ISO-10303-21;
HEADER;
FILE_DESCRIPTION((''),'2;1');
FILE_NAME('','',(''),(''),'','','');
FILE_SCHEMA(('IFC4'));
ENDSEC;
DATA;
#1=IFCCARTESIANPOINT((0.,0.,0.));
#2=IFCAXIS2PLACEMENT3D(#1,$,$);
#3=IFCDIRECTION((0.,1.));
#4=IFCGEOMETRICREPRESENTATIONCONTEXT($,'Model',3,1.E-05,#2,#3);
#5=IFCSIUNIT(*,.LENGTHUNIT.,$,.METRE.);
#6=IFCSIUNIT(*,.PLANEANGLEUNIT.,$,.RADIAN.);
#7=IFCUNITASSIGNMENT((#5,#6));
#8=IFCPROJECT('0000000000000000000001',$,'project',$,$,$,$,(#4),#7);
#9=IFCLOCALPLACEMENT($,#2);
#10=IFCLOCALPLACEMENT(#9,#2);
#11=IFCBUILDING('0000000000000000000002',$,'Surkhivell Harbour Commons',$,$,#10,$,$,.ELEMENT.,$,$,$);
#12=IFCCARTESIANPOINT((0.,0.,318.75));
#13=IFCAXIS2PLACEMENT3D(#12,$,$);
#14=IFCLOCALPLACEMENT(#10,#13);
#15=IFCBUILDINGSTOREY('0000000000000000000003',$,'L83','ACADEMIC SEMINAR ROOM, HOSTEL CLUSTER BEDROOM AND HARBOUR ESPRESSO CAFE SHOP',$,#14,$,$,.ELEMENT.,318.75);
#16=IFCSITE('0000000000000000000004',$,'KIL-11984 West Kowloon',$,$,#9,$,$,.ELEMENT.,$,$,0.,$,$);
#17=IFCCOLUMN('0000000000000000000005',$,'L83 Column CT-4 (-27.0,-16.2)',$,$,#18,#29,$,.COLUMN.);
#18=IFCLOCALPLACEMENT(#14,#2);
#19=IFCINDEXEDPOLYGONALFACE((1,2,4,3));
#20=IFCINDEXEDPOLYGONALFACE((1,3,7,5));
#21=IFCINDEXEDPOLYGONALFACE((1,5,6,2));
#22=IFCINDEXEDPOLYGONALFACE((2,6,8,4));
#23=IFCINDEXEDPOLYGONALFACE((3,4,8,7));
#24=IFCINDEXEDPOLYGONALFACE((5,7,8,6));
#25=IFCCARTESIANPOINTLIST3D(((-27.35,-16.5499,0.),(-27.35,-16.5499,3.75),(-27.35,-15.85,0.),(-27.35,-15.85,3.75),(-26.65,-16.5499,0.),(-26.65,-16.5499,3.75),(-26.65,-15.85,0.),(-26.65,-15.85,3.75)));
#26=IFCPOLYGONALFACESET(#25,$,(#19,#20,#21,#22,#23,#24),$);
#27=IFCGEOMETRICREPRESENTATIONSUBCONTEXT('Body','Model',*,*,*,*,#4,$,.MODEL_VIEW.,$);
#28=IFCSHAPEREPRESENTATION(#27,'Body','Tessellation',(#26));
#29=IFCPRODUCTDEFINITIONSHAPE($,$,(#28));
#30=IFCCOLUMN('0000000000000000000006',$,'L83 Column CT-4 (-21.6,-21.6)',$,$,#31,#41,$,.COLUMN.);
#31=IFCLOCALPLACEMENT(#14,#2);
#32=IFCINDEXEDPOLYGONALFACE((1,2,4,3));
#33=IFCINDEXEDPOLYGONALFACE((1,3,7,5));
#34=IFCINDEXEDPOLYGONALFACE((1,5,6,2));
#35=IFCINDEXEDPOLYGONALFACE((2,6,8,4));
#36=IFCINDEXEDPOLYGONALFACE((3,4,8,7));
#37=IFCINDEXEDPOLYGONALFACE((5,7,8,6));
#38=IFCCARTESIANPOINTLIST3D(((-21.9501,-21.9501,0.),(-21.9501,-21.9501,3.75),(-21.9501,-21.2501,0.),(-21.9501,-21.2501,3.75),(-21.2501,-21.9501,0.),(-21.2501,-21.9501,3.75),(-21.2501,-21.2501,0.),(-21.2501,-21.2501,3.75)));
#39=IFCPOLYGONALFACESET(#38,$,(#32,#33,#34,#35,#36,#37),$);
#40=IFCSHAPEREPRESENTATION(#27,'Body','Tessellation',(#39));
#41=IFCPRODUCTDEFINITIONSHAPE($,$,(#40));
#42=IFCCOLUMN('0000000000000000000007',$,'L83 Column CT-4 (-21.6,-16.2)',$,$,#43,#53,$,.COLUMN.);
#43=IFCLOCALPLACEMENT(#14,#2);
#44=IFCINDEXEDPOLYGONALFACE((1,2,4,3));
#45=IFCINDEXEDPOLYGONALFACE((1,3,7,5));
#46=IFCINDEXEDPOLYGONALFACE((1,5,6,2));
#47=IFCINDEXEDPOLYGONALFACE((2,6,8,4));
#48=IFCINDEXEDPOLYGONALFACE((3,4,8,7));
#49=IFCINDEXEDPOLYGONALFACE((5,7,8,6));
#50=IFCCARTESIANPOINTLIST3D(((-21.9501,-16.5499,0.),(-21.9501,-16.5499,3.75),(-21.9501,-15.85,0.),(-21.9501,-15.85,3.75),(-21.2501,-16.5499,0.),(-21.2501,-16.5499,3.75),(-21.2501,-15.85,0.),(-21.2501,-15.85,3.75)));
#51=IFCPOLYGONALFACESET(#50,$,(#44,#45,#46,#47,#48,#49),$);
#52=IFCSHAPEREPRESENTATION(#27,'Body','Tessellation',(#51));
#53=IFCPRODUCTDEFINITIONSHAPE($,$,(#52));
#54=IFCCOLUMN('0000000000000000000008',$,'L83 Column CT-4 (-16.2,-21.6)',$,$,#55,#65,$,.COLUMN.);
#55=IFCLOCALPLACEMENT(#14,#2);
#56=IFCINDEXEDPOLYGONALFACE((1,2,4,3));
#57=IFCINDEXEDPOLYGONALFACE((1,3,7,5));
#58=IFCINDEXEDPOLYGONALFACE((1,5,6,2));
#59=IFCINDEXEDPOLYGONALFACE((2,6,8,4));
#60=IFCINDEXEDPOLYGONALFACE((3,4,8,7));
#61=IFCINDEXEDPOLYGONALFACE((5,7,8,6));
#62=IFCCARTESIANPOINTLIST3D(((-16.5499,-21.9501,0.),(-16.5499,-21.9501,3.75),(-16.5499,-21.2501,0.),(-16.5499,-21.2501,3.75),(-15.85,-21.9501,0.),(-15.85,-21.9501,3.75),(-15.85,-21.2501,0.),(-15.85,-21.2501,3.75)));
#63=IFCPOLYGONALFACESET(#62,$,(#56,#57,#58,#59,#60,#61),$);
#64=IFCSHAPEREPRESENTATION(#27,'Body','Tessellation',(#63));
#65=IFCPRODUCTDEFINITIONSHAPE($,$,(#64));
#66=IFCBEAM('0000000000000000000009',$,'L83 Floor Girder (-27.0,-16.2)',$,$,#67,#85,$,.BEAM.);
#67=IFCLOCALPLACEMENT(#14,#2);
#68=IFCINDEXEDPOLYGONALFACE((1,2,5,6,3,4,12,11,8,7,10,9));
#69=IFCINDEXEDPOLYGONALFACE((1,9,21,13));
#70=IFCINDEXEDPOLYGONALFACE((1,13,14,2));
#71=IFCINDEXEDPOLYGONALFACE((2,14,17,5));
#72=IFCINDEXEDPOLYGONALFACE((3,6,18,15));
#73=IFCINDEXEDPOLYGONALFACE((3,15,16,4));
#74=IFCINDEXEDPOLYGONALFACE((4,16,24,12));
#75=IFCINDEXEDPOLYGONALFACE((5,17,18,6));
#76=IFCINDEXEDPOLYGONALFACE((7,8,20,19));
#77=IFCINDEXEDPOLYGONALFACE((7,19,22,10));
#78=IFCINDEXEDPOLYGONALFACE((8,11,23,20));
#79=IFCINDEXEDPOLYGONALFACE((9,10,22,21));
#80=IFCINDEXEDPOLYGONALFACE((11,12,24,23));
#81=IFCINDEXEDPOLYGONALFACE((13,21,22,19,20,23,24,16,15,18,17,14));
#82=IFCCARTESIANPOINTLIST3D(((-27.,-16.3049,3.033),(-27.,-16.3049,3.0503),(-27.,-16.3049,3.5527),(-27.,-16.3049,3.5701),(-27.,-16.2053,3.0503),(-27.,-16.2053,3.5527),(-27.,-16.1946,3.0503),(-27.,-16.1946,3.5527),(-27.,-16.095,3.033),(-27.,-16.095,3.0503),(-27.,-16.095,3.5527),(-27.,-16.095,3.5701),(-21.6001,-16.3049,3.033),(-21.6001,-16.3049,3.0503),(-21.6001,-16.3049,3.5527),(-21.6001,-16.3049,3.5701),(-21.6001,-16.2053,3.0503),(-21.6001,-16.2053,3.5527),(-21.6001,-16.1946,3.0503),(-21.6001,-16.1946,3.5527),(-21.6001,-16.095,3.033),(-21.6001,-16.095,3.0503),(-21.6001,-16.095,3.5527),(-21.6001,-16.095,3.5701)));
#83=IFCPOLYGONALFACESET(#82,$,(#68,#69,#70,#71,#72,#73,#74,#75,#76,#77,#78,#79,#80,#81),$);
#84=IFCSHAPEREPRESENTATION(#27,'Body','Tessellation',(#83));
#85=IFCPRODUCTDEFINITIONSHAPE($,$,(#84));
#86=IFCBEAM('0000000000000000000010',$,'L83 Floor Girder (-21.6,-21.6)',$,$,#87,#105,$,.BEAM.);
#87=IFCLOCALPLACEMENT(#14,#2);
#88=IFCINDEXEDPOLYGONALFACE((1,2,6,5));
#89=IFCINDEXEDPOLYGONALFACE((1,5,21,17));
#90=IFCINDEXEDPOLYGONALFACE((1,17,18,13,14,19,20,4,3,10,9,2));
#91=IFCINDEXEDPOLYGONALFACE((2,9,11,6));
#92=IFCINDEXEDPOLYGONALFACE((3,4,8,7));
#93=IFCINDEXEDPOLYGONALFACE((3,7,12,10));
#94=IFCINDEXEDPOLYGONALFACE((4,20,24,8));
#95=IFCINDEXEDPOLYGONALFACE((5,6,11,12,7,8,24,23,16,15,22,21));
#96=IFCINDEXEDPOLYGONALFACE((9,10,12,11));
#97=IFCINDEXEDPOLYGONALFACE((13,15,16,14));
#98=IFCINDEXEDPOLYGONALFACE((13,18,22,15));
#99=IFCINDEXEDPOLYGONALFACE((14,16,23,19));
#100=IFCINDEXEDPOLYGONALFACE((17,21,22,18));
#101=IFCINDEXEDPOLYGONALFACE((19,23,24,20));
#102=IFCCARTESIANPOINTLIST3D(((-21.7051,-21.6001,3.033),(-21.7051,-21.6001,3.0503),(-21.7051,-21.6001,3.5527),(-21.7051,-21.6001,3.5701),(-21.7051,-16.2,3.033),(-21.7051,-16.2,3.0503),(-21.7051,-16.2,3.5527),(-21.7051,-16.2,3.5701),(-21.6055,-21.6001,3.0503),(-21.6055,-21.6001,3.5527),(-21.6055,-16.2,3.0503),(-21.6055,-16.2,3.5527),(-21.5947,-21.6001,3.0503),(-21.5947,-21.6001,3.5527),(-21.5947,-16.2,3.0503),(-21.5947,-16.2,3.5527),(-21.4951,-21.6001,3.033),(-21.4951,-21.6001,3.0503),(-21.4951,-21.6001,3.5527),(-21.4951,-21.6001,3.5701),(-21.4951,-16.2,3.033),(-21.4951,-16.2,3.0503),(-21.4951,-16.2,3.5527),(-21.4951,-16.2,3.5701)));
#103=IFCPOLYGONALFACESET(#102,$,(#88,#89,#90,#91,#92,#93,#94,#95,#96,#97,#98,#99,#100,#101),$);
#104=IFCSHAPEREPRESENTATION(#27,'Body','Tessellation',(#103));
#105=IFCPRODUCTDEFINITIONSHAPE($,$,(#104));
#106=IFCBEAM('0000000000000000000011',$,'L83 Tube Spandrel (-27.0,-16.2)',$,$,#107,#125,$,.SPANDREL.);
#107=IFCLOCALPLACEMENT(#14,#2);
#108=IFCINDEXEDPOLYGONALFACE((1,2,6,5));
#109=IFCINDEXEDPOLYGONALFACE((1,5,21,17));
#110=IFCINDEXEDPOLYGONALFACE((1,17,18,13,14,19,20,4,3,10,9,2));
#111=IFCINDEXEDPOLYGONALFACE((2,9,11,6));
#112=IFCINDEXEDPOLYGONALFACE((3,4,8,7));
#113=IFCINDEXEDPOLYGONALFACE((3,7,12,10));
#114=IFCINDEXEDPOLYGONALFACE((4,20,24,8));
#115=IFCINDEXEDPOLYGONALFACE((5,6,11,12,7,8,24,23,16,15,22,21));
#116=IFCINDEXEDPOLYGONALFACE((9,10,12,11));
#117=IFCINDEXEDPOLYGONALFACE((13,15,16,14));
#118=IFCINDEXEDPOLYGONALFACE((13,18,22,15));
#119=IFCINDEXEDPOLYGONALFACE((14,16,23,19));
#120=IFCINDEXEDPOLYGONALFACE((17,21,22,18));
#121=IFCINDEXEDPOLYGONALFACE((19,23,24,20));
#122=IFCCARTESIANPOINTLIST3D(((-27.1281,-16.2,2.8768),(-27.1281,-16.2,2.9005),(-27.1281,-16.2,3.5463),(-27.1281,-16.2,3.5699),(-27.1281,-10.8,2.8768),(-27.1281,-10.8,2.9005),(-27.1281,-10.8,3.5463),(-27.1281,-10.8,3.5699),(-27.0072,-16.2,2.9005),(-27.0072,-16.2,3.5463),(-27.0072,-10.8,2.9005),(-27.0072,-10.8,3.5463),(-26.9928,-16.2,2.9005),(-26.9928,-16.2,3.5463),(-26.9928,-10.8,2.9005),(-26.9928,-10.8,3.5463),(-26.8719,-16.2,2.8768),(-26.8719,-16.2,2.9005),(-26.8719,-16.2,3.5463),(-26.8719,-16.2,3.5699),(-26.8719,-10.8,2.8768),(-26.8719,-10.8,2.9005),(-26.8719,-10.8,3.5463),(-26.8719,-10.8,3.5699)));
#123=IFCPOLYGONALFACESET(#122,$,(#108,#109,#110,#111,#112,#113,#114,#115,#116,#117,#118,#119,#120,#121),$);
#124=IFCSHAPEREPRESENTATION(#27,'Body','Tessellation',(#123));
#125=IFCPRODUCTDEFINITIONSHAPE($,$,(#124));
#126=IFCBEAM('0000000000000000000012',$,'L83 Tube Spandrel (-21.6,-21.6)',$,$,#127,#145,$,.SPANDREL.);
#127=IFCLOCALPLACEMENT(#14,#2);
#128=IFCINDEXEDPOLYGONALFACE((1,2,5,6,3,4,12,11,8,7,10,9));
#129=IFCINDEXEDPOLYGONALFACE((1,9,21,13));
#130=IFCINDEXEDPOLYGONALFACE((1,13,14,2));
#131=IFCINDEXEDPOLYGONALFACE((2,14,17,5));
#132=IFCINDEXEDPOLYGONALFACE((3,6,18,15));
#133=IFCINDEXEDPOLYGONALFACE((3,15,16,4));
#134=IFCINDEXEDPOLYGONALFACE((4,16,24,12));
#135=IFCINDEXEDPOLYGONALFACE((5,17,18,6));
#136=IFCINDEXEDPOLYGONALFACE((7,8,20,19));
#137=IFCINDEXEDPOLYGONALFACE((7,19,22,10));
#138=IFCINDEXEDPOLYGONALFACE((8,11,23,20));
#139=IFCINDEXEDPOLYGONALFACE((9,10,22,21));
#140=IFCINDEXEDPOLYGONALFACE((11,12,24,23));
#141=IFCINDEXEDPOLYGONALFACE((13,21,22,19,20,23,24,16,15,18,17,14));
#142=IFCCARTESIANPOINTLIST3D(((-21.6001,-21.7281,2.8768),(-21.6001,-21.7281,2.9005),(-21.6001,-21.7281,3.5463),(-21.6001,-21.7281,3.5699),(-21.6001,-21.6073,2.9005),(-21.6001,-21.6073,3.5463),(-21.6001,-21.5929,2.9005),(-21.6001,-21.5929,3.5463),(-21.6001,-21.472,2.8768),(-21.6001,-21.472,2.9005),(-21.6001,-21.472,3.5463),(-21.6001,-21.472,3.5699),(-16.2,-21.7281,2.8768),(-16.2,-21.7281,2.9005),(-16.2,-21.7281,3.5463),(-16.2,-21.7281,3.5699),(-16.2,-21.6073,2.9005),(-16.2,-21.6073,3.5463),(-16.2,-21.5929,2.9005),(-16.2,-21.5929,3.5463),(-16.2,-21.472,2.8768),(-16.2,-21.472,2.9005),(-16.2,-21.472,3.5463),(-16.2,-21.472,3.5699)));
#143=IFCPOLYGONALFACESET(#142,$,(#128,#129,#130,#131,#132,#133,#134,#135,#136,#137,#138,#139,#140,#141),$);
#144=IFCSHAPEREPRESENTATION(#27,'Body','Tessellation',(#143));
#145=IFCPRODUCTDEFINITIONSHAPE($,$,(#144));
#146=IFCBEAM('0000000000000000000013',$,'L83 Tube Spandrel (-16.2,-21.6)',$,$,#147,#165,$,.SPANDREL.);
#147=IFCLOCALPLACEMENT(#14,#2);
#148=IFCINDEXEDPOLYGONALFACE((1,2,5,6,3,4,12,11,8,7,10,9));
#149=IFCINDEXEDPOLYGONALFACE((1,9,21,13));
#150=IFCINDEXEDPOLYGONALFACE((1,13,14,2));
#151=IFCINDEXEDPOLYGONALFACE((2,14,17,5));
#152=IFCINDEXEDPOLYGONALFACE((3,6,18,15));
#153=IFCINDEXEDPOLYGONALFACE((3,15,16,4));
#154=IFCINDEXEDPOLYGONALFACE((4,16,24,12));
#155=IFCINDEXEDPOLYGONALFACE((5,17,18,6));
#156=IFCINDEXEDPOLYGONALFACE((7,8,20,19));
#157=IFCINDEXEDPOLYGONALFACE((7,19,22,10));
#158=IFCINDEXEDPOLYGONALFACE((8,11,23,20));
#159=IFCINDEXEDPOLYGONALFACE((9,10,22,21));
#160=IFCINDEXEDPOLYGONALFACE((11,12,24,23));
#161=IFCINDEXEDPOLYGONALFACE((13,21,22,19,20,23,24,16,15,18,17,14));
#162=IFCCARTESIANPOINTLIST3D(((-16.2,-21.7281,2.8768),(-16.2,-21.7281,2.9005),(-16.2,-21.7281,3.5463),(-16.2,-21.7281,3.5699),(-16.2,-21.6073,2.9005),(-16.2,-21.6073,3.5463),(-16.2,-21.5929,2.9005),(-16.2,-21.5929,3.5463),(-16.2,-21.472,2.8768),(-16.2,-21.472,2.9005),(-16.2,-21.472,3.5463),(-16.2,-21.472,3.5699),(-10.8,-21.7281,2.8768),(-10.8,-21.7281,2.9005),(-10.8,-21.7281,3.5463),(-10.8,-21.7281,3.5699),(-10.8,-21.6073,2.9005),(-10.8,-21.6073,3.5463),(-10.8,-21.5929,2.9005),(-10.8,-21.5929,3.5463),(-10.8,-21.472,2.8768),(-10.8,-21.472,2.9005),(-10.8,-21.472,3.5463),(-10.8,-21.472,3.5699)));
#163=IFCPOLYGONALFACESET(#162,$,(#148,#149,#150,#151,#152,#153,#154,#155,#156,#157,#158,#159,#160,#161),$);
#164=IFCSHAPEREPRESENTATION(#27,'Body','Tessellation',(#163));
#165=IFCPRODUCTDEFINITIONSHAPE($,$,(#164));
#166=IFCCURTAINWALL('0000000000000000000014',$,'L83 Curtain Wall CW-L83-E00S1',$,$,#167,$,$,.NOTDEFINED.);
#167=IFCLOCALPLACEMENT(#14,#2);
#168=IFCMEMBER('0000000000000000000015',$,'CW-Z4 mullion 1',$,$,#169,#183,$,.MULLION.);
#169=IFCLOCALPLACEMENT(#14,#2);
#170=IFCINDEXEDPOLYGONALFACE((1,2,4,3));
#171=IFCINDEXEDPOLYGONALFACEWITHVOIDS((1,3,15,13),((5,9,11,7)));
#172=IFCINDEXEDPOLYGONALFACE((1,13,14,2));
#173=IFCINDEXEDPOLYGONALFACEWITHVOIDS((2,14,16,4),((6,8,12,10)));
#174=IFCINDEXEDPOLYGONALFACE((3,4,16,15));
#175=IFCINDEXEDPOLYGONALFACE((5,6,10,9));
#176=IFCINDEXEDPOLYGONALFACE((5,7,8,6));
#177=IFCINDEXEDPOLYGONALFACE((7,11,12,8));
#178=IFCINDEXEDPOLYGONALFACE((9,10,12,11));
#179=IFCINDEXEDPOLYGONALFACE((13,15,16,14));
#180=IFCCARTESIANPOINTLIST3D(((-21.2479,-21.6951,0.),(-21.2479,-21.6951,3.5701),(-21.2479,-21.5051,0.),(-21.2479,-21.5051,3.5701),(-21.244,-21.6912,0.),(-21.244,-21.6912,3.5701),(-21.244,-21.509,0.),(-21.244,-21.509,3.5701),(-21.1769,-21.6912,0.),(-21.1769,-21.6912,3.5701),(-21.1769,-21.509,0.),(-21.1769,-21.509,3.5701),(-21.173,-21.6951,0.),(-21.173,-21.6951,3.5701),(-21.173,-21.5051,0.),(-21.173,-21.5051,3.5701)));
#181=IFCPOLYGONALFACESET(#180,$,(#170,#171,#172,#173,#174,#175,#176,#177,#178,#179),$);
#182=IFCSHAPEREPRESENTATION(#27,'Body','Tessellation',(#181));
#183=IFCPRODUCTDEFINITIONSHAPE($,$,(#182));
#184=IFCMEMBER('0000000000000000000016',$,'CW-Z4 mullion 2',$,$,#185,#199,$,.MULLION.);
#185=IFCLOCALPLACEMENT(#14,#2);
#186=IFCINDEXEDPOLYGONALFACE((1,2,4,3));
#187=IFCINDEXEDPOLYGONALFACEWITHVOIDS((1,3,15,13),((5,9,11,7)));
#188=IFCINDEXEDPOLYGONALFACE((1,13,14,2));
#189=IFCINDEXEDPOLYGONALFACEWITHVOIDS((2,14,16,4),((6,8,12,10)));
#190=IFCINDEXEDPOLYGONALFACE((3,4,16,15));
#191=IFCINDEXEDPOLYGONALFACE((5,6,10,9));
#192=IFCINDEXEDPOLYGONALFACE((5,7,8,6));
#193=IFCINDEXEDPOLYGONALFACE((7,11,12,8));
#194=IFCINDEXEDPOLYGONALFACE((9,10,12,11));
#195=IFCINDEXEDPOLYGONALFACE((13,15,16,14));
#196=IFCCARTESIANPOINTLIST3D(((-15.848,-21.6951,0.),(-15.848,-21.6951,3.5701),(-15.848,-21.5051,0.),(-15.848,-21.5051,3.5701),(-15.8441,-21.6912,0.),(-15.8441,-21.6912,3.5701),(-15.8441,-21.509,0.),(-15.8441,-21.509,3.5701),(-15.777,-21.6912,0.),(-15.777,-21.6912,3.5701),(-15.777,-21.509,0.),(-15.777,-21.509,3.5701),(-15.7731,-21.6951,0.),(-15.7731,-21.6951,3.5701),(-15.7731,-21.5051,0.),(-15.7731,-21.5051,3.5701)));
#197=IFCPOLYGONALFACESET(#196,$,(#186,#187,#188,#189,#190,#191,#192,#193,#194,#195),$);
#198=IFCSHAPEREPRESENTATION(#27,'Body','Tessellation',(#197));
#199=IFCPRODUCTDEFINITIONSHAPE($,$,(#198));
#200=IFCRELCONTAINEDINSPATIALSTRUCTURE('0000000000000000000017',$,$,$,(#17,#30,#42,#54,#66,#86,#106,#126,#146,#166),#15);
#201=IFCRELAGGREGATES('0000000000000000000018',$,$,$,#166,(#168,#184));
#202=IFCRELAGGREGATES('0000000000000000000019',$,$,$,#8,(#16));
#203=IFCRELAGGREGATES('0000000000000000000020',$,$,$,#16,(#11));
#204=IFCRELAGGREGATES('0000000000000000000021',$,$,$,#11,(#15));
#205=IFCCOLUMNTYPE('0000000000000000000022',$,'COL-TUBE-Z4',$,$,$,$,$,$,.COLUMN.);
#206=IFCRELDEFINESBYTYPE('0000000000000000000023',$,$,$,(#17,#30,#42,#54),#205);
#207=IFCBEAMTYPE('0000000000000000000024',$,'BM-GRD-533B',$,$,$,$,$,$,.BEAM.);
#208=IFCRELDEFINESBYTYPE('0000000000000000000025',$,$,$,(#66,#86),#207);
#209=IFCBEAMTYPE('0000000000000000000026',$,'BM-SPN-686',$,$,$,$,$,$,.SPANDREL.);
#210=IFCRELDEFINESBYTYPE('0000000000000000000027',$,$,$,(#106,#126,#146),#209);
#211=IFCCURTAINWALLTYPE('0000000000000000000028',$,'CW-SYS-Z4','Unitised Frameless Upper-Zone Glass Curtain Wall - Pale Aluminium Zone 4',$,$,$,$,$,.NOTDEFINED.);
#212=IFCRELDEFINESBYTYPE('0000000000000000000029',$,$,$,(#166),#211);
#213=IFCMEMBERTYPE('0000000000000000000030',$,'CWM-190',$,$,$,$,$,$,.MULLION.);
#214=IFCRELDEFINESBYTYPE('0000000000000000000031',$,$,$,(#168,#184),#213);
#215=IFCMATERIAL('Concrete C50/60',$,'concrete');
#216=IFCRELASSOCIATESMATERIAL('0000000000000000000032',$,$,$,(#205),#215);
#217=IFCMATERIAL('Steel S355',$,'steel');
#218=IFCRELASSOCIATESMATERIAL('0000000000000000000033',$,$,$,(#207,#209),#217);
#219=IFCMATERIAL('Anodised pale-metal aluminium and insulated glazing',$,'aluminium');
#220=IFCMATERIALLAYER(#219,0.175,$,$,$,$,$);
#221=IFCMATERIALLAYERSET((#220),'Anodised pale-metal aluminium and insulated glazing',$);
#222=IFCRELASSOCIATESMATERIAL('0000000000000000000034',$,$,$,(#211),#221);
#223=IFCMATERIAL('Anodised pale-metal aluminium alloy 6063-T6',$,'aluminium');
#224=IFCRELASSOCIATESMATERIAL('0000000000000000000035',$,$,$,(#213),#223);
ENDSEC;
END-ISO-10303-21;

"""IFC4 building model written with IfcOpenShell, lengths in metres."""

from ifc_helpers import new_model, si_unit, direction, frame, origin, origin_2d, place, context, subcontext, project, spatial, rectangle, hollow_rectangle, i_section, extrude, material, layer, layer_set, material_profile, profile_set, type_object, element, aggregate, save


model = new_model("IFC4")

# Units and contexts
model_context = context("Model", 3, precision=1e-05, world=origin(), true_north=direction((0.0, 1.0)))
body_context = subcontext(model_context, "Body", "Model", "MODEL_VIEW")
ifc_project = project(units=[si_unit("LENGTHUNIT", "METRE"), si_unit("PLANEANGLEUNIT", "RADIAN")], contexts=[model_context])

# Site, building, storey
site_placement = place(None, origin())
site = spatial("IfcSite", under=ifc_project, at=site_placement, Name="KIL-11984 West Kowloon", CompositionType="ELEMENT", RefElevation=0.0)
building_placement = place(site_placement, origin())
building = spatial("IfcBuilding", under=site, at=building_placement, Name="Surkhivell Harbour Commons", CompositionType="ELEMENT")
storey_placement = place(building_placement, frame((0.0, 0.0, 318.75)))
storey = spatial("IfcBuildingStorey", under=building, at=storey_placement, Name="L83", Description="ACADEMIC SEMINAR ROOM, HOSTEL CLUSTER BEDROOM AND HARBOUR ESPRESSO CAFE SHOP", CompositionType="ELEMENT", Elevation=318.75)

# Columns
ifc_material_1 = material(Name="Concrete C50/60", Category="concrete")
ifc_material_profile_1 = material_profile(ifc_material_1, rectangle(XDim=0.7, YDim=0.7, at=origin_2d()), Name="RC-COL-700x700")
ifc_profile_set_1 = profile_set([ifc_material_profile_1], Name="Concrete C50/60")
column_type = type_object("IfcColumnType", Name="COL-TUBE-Z4", PredefinedType="COLUMN", material=ifc_profile_set_1)
for number, where, z_axis, x_axis, name in (
    (1, (-27.0, -16.2, 0.0), (0.0, 0.0, 1.0), (1.0, 0.0, 0.0), "L83 Column CT-4 (-27.0,-16.2)"),
    (2, (-21.6001, -21.6001, 0.0), (0.0, 0.0, 1.0), (1.0, 0.0, 0.0), "L83 Column CT-4 (-21.6,-21.6)"),
    (3, (-21.6001, -16.2, 0.0), (0.0, 0.0, 1.0), (1.0, 0.0, 0.0), "L83 Column CT-4 (-21.6,-16.2)"),
    (4, (-16.2, -21.6001, 0.0), (0.0, 0.0, 1.0), (1.0, 0.0, 0.0), "L83 Column CT-4 (-16.2,-21.6)"),
):
    element("IfcColumn", number, at=place(storey_placement, frame(where, z_axis=z_axis, x_axis=x_axis)), inside=storey, type_object=column_type, Name=name, PredefinedType="COLUMN", context=body_context, shape_type="SweptSolid", body=[
        extrude(rectangle(XDim=0.7, YDim=0.7, at=origin_2d()), origin(), (0.0, 0.0, 1.0), 3.75),
    ])

# Beams
ifc_material_2 = material(Name="Steel S355", Category="steel")
ifc_material_profile_2 = material_profile(ifc_material_2, i_section(OverallWidth=0.21, OverallDepth=0.5371, WebThickness=0.0107, FlangeThickness=0.0173, at=origin_2d()), Name="UB533x210x101")
ifc_profile_set_2 = profile_set([ifc_material_profile_2], Name="Steel S355")
beam_type_1 = type_object("IfcBeamType", Name="BM-GRD-533B", PredefinedType="BEAM", material=ifc_profile_set_2)
beam_1_placement = place(storey_placement, frame((-27.0, -16.2, 3.3015), z_axis=(1.0, 0.0, 0.0), x_axis=(0.0, 1.0, 0.0)))
element("IfcBeam", 5, at=beam_1_placement, inside=storey, type_object=beam_type_1, Name="L83 Floor Girder (-27.0,-16.2)", PredefinedType="BEAM", context=body_context, shape_type="SweptSolid", body=[
    extrude(i_section(OverallWidth=0.21, OverallDepth=0.5371, WebThickness=0.0107, FlangeThickness=0.0173, at=origin_2d()), origin(), (0.0, 0.0, 1.0), 5.3999),
])
beam_2_placement = place(storey_placement, frame((-21.6001, -21.6001, 3.3015), z_axis=(0.0, 1.0, 0.0), x_axis=(-1.0, 0.0, 0.0)))
element("IfcBeam", 6, at=beam_2_placement, inside=storey, type_object=beam_type_1, Name="L83 Floor Girder (-21.6,-21.6)", PredefinedType="BEAM", context=body_context, shape_type="SweptSolid", body=[
    extrude(i_section(OverallWidth=0.21, OverallDepth=0.5371, WebThickness=0.0107, FlangeThickness=0.0173, at=origin_2d()), origin(), (0.0, 0.0, 1.0), 5.4001),
])
ifc_material_profile_3 = material_profile(ifc_material_2, i_section(OverallWidth=0.2561, OverallDepth=0.6931, WebThickness=0.0144, FlangeThickness=0.0237, at=origin_2d()), Name="UB686x254x170")
ifc_profile_set_3 = profile_set([ifc_material_profile_3], Name="Steel S355")
beam_type_2 = type_object("IfcBeamType", Name="BM-SPN-686", PredefinedType="SPANDREL", material=ifc_profile_set_3)
beam_3_placement = place(storey_placement, frame((-27.0, -16.2, 3.2234), z_axis=(0.0, 1.0, 0.0), x_axis=(-1.0, 0.0, 0.0)))
element("IfcBeam", 7, at=beam_3_placement, inside=storey, type_object=beam_type_2, Name="L83 Tube Spandrel (-27.0,-16.2)", PredefinedType="SPANDREL", context=body_context, shape_type="SweptSolid", body=[
    extrude(i_section(OverallWidth=0.2561, OverallDepth=0.6931, WebThickness=0.0144, FlangeThickness=0.0237, at=origin_2d()), origin(), (0.0, 0.0, 1.0), 5.3999),
])
beam_4_placement = place(storey_placement, frame((-21.6001, -21.6001, 3.2234), z_axis=(1.0, 0.0, 0.0), x_axis=(0.0, 1.0, 0.0)))
element("IfcBeam", 8, at=beam_4_placement, inside=storey, type_object=beam_type_2, Name="L83 Tube Spandrel (-21.6,-21.6)", PredefinedType="SPANDREL", context=body_context, shape_type="SweptSolid", body=[
    extrude(i_section(OverallWidth=0.2561, OverallDepth=0.6931, WebThickness=0.0144, FlangeThickness=0.0237, at=origin_2d()), origin(), (0.0, 0.0, 1.0), 5.4001),
])
beam_5_placement = place(storey_placement, frame((-16.2, -21.6001, 3.2234), z_axis=(1.0, 0.0, 0.0), x_axis=(0.0, 1.0, 0.0)))
element("IfcBeam", 9, at=beam_5_placement, inside=storey, type_object=beam_type_2, Name="L83 Tube Spandrel (-16.2,-21.6)", PredefinedType="SPANDREL", context=body_context, shape_type="SweptSolid", body=[
    extrude(i_section(OverallWidth=0.2561, OverallDepth=0.6931, WebThickness=0.0144, FlangeThickness=0.0237, at=origin_2d()), origin(), (0.0, 0.0, 1.0), 5.3999),
])

# Curtain wall, members
ifc_material_3 = material(Name="Anodised pale-metal aluminium and insulated glazing", Category="aluminium")
ifc_layer_1 = layer(ifc_material_3, 0.175)
ifc_layer_set_1 = layer_set([ifc_layer_1], Name="Anodised pale-metal aluminium and insulated glazing")
curtain_wall_type = type_object("IfcCurtainWallType", Name="CW-SYS-Z4", Description="Unitised Frameless Upper-Zone Glass Curtain Wall - Pale Aluminium Zone 4", PredefinedType="NOTDEFINED", material=ifc_layer_set_1)
curtain_wall_placement = place(storey_placement, origin())
curtain_wall = element("IfcCurtainWall", 10, at=curtain_wall_placement, inside=storey, type_object=curtain_wall_type, Name="L83 Curtain Wall CW-L83-E00S1", PredefinedType="NOTDEFINED")
ifc_material_4 = material(Name="Anodised pale-metal aluminium alloy 6063-T6", Category="aluminium")
ifc_material_profile_4 = material_profile(ifc_material_4, hollow_rectangle(XDim=0.075, YDim=0.1899, WallThickness=0.0039, at=origin_2d()), Name="ALU-MULL-75x190")
ifc_profile_set_4 = profile_set([ifc_material_profile_4], Name="Anodised pale-metal aluminium alloy 6063-T6")
member_type_1 = type_object("IfcMemberType", Name="CWM-190", PredefinedType="MULLION", material=ifc_profile_set_4)
member_1_placement = place(storey_placement, frame((-21.2104, -21.6001, 0.0), z_axis=(0.0, 0.0, 1.0), x_axis=(1.0, 0.0, 0.0)))
member_1 = element("IfcMember", 11, at=member_1_placement, type_object=member_type_1, Name="CW-Z4 mullion 1", PredefinedType="MULLION", context=body_context, shape_type="SweptSolid", body=[
    extrude(hollow_rectangle(XDim=0.075, YDim=0.1899, WallThickness=0.0039, at=origin_2d()), origin(), (0.0, 0.0, 1.0), 3.5701),
])
member_2_placement = place(storey_placement, frame((-15.8105, -21.6001, 0.0), z_axis=(0.0, 0.0, 1.0), x_axis=(1.0, 0.0, 0.0)))
member_2 = element("IfcMember", 12, at=member_2_placement, type_object=member_type_1, Name="CW-Z4 mullion 2", PredefinedType="MULLION", context=body_context, shape_type="SweptSolid", body=[
    extrude(hollow_rectangle(XDim=0.075, YDim=0.1899, WallThickness=0.0039, at=origin_2d()), origin(), (0.0, 0.0, 1.0), 3.5701),
])

aggregate(curtain_wall, [member_1, member_2])

save(model, "model.ifc")
